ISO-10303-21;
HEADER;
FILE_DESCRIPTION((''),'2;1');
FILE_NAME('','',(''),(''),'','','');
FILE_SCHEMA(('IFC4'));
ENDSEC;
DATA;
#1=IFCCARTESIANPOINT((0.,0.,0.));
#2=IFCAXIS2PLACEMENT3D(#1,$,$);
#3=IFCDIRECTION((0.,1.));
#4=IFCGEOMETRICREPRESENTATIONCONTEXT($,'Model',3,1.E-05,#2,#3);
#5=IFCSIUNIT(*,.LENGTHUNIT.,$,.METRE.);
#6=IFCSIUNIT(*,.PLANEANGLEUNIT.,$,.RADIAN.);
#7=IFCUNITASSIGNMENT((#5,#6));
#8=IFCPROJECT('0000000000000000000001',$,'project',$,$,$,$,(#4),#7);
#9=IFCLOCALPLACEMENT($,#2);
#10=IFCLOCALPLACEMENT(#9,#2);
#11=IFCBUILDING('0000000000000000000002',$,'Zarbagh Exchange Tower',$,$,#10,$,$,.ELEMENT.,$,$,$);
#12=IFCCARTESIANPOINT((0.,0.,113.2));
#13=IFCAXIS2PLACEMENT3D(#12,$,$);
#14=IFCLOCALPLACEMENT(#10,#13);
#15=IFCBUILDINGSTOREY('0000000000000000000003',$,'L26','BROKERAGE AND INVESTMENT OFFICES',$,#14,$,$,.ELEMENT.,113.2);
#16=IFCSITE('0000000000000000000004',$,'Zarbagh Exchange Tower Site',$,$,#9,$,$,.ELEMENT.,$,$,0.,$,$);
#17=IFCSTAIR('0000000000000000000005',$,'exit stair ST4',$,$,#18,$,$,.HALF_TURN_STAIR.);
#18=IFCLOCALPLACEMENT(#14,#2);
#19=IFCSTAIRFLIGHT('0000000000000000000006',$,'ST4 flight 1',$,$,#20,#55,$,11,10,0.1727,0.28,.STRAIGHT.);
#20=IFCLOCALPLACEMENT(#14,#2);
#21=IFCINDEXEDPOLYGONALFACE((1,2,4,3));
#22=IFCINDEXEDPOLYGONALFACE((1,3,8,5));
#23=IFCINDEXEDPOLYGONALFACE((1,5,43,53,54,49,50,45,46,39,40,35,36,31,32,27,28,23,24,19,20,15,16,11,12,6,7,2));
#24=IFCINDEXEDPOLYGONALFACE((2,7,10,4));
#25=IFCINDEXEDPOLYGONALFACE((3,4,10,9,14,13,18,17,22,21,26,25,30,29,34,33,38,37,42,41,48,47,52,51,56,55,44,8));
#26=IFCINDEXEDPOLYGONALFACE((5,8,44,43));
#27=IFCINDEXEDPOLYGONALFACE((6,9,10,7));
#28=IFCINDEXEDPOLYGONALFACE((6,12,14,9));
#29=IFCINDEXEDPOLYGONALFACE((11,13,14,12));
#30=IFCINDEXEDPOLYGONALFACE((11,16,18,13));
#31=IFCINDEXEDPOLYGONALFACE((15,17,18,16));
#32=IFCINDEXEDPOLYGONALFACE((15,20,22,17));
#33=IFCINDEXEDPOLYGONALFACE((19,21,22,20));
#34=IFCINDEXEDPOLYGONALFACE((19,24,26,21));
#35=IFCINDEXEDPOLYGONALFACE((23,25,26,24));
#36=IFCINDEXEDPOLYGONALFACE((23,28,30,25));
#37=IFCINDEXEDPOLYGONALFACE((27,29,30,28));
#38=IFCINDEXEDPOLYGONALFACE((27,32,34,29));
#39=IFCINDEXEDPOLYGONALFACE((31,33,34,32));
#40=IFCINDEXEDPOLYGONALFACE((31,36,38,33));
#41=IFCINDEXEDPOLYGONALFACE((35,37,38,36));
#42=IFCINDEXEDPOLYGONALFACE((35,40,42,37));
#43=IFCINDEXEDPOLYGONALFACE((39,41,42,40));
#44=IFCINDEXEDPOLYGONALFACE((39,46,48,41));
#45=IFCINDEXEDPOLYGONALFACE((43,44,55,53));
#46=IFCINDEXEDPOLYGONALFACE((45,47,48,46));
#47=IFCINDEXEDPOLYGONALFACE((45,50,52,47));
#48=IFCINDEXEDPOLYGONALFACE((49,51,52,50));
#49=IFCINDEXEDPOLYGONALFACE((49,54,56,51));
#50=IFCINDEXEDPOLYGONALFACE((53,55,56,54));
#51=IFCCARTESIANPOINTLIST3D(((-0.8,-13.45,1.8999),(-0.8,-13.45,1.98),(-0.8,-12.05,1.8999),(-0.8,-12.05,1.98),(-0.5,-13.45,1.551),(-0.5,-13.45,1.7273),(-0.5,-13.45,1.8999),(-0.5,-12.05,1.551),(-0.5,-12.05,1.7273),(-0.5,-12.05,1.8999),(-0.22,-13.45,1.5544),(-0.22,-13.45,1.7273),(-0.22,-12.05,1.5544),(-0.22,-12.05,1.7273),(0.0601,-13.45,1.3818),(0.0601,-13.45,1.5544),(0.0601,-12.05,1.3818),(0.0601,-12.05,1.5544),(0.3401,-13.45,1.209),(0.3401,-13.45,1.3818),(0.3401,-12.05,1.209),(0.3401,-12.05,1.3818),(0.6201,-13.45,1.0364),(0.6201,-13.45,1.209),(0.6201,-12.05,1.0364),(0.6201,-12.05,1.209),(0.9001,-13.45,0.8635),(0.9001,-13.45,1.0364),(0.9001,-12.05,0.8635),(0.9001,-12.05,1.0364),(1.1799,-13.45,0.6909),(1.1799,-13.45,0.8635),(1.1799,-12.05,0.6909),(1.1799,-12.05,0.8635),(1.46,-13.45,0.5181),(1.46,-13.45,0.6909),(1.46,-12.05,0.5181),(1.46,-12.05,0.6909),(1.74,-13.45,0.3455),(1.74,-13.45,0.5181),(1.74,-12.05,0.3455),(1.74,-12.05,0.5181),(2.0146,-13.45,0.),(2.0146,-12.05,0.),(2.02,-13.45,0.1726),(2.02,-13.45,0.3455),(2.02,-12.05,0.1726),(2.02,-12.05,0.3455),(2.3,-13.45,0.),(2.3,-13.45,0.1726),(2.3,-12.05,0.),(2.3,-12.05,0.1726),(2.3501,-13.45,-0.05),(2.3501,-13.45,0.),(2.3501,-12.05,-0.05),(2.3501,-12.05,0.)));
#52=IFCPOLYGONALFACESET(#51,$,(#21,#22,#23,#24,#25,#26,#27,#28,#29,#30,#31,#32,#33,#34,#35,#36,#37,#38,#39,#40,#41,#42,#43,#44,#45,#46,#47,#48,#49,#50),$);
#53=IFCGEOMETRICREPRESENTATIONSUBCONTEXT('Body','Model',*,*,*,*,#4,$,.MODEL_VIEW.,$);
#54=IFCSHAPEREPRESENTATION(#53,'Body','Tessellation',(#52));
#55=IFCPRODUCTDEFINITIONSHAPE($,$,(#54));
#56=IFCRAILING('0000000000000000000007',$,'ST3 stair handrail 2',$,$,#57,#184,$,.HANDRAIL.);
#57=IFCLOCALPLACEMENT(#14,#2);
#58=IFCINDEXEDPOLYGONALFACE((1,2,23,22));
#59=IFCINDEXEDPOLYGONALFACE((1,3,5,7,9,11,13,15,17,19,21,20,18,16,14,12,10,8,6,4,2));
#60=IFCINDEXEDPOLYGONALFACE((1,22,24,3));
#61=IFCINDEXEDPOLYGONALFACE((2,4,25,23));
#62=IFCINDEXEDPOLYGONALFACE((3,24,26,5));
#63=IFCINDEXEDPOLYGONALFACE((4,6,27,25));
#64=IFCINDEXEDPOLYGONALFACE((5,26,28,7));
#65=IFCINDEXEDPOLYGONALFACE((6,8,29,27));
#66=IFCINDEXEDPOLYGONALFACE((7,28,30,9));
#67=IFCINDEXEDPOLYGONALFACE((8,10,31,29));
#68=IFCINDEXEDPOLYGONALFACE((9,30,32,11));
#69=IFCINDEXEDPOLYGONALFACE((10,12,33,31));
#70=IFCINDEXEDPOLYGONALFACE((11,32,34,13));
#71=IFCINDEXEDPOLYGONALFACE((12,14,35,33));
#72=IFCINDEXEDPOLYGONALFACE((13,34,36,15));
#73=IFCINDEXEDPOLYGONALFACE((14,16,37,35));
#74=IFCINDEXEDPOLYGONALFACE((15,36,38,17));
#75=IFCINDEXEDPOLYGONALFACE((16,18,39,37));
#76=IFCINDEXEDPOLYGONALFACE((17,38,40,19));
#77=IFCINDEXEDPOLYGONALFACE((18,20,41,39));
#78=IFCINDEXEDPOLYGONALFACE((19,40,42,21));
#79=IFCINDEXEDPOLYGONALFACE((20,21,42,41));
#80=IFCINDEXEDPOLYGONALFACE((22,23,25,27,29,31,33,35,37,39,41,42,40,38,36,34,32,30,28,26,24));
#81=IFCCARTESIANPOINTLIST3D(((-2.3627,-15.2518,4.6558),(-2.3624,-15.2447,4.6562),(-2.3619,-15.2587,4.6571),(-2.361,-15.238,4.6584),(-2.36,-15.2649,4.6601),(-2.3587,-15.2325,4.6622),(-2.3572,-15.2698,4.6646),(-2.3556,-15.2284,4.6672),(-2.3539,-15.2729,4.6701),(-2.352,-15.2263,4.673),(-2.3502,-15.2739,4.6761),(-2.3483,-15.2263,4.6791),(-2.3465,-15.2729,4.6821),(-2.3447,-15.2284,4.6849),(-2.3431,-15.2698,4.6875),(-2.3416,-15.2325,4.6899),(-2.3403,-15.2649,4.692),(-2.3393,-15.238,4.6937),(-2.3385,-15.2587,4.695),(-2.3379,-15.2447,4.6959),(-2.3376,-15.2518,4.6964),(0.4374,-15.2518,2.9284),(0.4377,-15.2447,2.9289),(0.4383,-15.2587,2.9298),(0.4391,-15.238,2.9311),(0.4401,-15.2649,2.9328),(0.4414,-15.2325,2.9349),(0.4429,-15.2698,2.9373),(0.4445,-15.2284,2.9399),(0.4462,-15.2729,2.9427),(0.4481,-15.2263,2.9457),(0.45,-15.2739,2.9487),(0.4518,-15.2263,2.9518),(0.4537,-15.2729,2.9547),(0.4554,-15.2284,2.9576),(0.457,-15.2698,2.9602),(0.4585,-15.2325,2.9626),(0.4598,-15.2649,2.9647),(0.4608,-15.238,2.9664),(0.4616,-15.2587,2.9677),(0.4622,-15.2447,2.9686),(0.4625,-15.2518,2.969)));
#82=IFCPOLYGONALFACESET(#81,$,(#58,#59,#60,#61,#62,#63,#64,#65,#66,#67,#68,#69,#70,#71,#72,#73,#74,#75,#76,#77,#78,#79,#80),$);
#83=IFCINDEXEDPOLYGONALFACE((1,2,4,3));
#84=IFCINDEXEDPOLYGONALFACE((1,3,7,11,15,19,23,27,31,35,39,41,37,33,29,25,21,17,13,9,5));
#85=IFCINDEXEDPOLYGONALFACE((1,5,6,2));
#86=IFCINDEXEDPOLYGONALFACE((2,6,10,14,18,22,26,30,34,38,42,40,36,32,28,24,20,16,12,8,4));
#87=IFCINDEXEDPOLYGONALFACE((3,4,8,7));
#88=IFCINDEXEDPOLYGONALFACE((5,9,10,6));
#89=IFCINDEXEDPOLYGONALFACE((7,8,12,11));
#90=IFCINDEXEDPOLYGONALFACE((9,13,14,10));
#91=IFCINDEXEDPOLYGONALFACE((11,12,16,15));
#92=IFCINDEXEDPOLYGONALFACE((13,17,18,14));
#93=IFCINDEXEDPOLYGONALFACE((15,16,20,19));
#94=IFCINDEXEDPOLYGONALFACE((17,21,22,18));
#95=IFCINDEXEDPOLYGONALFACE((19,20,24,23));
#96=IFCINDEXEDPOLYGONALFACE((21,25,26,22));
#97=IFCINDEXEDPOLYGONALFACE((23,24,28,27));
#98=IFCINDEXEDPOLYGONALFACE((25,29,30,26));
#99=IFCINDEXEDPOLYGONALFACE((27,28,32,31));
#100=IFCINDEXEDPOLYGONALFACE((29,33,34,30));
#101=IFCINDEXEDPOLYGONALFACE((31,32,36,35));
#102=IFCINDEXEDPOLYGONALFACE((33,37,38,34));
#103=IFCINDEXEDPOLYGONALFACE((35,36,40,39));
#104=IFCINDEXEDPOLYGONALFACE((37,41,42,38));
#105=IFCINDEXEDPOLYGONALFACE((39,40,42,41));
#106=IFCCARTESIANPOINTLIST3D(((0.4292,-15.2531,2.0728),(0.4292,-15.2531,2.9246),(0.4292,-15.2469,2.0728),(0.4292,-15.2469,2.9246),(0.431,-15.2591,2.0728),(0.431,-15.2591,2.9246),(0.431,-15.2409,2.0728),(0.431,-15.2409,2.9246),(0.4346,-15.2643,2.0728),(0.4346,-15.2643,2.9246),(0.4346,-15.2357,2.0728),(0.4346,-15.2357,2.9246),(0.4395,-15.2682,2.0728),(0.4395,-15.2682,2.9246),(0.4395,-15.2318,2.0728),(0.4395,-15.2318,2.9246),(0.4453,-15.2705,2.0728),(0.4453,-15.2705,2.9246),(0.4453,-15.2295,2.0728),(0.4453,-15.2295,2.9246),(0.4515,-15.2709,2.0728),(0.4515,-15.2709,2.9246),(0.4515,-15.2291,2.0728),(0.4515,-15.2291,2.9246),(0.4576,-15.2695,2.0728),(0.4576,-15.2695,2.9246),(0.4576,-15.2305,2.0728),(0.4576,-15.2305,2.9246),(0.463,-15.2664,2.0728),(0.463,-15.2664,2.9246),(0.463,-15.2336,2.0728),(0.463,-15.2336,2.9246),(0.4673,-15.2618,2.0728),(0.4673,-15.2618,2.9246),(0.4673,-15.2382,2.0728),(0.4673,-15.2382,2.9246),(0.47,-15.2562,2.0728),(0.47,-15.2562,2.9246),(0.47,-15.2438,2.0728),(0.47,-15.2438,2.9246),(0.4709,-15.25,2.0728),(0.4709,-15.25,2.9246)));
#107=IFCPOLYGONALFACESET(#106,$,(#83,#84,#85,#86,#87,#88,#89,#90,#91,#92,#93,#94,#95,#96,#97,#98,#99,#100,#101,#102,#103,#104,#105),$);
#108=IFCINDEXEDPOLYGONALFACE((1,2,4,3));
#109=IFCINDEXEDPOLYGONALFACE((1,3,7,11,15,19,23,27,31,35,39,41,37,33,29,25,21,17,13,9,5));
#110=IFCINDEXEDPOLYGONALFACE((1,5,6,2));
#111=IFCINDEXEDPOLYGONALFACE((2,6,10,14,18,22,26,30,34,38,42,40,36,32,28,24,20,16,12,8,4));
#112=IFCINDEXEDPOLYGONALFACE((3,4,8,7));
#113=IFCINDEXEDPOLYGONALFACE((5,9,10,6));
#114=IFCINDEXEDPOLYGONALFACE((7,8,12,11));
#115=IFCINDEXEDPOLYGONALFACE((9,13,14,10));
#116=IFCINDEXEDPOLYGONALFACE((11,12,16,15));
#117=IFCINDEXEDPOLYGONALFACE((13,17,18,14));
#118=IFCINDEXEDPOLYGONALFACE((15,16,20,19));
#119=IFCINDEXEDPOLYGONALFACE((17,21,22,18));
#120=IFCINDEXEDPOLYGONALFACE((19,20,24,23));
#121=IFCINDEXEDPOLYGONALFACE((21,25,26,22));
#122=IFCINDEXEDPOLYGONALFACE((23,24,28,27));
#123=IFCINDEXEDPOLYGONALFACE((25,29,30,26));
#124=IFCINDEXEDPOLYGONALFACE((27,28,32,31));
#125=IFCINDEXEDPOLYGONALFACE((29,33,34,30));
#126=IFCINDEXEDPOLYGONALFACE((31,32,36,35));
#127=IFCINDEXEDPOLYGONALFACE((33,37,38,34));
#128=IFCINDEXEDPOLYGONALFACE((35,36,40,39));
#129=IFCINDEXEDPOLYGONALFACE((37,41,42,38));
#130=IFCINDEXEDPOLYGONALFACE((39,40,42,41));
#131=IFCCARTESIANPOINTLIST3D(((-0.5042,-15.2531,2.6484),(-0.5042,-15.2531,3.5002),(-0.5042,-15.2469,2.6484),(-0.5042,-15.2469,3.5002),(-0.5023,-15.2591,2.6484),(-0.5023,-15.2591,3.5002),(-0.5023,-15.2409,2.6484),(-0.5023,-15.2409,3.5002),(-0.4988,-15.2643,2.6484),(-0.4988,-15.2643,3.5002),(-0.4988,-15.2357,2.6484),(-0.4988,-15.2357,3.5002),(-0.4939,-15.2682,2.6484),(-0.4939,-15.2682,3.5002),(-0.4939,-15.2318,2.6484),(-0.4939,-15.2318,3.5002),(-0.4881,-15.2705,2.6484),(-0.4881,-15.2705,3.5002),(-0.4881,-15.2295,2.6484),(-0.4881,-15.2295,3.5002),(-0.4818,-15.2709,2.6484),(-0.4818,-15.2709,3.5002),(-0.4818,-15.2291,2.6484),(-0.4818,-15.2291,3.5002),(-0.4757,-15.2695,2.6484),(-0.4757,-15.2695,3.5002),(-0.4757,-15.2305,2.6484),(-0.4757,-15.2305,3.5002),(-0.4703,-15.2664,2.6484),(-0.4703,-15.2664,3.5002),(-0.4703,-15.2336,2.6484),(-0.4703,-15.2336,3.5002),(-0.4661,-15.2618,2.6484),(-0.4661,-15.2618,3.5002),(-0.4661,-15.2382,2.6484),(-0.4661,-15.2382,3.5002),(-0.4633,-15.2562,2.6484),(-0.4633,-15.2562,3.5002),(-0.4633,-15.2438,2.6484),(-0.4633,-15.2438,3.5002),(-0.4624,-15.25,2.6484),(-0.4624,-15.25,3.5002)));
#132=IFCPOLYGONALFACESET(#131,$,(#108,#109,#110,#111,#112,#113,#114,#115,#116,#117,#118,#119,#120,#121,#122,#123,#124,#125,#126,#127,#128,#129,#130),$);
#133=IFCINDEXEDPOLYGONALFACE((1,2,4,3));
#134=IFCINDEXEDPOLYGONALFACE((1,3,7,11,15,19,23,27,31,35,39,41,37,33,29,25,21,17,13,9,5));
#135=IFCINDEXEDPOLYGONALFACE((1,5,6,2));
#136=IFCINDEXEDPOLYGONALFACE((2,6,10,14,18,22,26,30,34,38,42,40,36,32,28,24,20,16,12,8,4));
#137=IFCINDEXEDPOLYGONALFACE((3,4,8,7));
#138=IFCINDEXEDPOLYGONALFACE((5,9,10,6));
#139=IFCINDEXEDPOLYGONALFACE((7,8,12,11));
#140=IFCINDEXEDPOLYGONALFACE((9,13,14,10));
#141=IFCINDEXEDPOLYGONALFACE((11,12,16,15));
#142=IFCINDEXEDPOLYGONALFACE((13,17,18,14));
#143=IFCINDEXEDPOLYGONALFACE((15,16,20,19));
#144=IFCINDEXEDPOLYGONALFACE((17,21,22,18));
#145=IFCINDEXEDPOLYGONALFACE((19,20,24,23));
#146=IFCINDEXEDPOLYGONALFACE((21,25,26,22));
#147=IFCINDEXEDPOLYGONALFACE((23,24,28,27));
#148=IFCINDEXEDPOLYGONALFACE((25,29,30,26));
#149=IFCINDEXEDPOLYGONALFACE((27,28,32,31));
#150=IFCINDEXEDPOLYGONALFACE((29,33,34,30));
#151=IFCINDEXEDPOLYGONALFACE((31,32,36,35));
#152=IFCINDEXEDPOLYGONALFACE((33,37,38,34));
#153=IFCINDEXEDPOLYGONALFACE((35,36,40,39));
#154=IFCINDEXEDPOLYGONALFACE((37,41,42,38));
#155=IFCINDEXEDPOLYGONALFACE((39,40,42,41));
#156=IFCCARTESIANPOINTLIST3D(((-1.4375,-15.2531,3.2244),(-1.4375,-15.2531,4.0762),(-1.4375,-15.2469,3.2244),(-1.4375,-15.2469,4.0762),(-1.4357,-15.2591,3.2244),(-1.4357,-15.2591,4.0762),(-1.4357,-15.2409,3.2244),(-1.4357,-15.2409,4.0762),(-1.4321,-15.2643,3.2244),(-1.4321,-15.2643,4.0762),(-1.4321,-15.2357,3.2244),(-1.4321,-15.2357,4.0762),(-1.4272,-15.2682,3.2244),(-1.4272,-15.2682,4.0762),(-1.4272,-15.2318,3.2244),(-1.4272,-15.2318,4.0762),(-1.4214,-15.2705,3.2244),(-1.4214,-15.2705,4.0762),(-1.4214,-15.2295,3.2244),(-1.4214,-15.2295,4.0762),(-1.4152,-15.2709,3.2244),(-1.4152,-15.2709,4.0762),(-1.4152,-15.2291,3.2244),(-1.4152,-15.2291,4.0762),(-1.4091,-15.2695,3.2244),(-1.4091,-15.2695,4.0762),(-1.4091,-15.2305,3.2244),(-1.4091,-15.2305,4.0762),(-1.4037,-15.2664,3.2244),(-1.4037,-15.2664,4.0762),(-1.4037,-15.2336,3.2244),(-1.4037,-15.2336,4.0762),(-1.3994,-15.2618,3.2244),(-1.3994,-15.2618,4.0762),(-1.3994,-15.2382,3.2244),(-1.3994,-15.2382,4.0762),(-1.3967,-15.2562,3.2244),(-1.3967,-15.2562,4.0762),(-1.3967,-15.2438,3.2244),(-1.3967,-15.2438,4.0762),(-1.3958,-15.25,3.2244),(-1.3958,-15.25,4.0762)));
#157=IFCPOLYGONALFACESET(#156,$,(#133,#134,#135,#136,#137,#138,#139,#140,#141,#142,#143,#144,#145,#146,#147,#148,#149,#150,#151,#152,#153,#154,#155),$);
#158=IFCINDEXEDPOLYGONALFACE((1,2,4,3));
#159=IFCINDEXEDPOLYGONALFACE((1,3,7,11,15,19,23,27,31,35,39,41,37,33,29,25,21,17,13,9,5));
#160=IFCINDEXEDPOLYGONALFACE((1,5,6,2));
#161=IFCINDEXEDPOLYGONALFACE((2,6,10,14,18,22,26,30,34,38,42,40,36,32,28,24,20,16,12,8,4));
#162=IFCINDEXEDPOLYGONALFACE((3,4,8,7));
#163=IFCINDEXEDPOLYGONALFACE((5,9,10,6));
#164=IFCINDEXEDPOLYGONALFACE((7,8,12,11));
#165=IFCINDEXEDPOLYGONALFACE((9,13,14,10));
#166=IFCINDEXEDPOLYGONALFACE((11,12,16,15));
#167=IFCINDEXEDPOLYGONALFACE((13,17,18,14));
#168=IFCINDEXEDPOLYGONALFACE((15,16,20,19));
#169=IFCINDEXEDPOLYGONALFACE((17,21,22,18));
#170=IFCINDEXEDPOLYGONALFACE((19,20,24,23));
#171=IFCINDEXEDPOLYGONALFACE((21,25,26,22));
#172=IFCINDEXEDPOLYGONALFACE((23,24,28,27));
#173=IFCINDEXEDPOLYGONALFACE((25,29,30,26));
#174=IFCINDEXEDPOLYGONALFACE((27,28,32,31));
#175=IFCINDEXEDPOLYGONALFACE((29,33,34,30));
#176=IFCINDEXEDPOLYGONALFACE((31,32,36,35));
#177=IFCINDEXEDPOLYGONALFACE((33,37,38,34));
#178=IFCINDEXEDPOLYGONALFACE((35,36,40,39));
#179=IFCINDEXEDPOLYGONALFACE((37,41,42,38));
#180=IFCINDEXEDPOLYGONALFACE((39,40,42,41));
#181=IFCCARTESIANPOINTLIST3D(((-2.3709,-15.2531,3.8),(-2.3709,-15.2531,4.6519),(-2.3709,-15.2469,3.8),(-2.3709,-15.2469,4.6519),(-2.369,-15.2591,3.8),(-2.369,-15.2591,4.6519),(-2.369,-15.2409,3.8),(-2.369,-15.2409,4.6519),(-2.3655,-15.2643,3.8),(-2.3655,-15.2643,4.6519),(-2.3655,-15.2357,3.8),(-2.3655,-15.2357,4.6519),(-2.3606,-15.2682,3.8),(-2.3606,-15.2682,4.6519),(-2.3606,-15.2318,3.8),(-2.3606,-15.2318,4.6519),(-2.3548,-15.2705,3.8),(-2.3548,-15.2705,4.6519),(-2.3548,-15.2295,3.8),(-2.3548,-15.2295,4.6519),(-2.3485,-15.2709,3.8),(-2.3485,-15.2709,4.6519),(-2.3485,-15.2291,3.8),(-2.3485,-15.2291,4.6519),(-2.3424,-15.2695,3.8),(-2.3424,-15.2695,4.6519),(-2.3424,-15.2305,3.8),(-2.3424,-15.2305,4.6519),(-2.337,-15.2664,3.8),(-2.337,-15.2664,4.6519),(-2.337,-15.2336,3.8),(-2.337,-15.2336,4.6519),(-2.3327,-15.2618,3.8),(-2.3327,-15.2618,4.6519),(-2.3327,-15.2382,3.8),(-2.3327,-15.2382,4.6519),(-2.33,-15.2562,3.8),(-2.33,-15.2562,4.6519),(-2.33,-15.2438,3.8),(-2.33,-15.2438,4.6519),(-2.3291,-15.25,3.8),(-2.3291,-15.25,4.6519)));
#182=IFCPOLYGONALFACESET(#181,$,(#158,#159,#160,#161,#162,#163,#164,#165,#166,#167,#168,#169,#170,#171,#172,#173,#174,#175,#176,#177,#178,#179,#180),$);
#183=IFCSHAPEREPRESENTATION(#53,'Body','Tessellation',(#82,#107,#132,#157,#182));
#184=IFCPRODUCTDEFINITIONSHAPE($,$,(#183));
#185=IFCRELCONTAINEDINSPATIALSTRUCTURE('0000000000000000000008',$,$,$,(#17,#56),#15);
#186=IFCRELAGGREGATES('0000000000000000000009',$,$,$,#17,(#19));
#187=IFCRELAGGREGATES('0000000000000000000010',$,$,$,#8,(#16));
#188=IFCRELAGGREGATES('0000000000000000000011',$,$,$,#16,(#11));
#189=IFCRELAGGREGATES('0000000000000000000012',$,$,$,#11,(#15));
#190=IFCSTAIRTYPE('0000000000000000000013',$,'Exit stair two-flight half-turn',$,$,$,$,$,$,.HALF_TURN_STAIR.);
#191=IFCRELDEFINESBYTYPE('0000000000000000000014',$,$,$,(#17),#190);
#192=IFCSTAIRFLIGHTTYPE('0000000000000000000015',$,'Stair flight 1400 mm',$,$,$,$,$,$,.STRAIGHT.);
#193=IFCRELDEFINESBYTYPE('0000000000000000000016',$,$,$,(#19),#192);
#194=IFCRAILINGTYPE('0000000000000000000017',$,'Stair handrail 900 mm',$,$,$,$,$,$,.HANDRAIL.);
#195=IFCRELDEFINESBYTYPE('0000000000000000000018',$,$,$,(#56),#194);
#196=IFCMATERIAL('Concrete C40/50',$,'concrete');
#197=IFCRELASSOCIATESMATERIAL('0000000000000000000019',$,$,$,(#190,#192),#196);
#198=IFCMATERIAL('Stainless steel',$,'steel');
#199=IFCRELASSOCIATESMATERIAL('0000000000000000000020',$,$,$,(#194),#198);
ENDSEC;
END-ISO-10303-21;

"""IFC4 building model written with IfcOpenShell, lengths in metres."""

from ifc_helpers import new_model, si_unit, direction, frame, origin, origin_2d, place, context, subcontext, project, spatial, polyline, circle, outline, extrude, material, type_object, element, aggregate, save


model = new_model("IFC4")

# Units and contexts
model_context = context("Model", 3, precision=1e-05, world=origin(), true_north=direction((0.0, 1.0)))
body_context = subcontext(model_context, "Body", "Model", "MODEL_VIEW")
ifc_project = project(units=[si_unit("LENGTHUNIT", "METRE"), si_unit("PLANEANGLEUNIT", "RADIAN")], contexts=[model_context])

# Site, building, storey
site_placement = place(None, origin())
site = spatial("IfcSite", under=ifc_project, at=site_placement, Name="Zarbagh Exchange Tower Site", CompositionType="ELEMENT", RefElevation=0.0)
building_placement = place(site_placement, origin())
building = spatial("IfcBuilding", under=site, at=building_placement, Name="Zarbagh Exchange Tower", CompositionType="ELEMENT")
storey_placement = place(building_placement, frame((0.0, 0.0, 113.2)))
storey = spatial("IfcBuildingStorey", under=building, at=storey_placement, Name="L26", Description="BROKERAGE AND INVESTMENT OFFICES", CompositionType="ELEMENT", Elevation=113.2)

# Shared definitions
ifc_material_1 = material(Name="Concrete C40/50", Category="concrete")

# Stair, stair flight
stair_type = type_object("IfcStairType", Name="Exit stair two-flight half-turn", PredefinedType="HALF_TURN_STAIR", material=ifc_material_1)
stair_1_placement = place(storey_placement, origin())
stair_1 = element("IfcStair", 1, at=stair_1_placement, inside=storey, type_object=stair_type, Name="exit stair ST4", PredefinedType="HALF_TURN_STAIR")
stair_flight_type_1 = type_object("IfcStairFlightType", Name="Stair flight 1400 mm", PredefinedType="STRAIGHT", material=ifc_material_1)
stair_flight_1_placement = place(storey_placement, frame((2.3, -12.75, 0.0), z_axis=(0.0, 0.0, 1.0), x_axis=(-1.0, 0.0, 0.0)))
stair_flight_1 = element("IfcStairFlight", 2, at=stair_flight_1_placement, type_object=stair_flight_type_1, Name="ST4 flight 1", NumberOfRisers=11, NumberOfTreads=10, PredefinedType="STRAIGHT", RiserHeight=0.1727, TreadLength=0.28, context=body_context, shape_type="SweptSolid", body=[
    extrude(outline(polyline([(-0.05, -0.05), (-0.05, 0.0), (0.0, 0.0), (0.0, 0.1726), (0.28, 0.1726), (0.28, 0.3455), (0.5601, 0.3455), (0.5601, 0.5181), (0.8401, 0.5181), (0.8401, 0.6909), (1.1201, 0.6909), (1.1201, 0.8635), (1.3999, 0.8635), (1.3999, 1.0364), (1.6799, 1.0364), (1.6799, 1.209), (1.96, 1.209), (1.96, 1.3818), (2.24, 1.3818), (2.24, 1.5544), (2.52, 1.5544), (2.52, 1.7273), (2.8, 1.7273), (2.8, 1.8999), (3.1001, 1.98), (3.1001, 1.8999), (2.8, 1.551), (0.2854, 0.0), (-0.05, -0.05)])), frame((0.0, 0.7, 0.0), z_axis=(0.0, -1.0, 0.0), x_axis=(1.0, 0.0, 0.0)), (0.0, 0.0, 1.0), 1.3999),
])
aggregate(stair_1, [stair_flight_1])

# Railing
ifc_material_2 = material(Name="Stainless steel", Category="steel")
railing_type_1 = type_object("IfcRailingType", Name="Stair handrail 900 mm", PredefinedType="HANDRAIL", material=ifc_material_2)
for number, where, name in (
    (3, (0.45, -15.25, 2.0728), "ST3 stair handrail 2"),
):
    element("IfcRailing", number, at=place(storey_placement, frame(where)), inside=storey, type_object=railing_type_1, Name=name, PredefinedType="HANDRAIL", context=body_context, shape_type="SweptSolid", body=[
        extrude(circle(Radius=0.0239, at=origin_2d()), frame((0.0, 0.0, 0.876), z_axis=(-0.85109, 0.0, 0.52502), x_axis=(0.0, -1.0, 0.0)), (0.0, 0.0, 1.0), 3.29),
        extrude(circle(Radius=0.021, at=origin_2d()), origin(), (0.0, 0.0, 1.0), 0.8518),
        extrude(circle(Radius=0.021, at=origin_2d()), frame((-0.9333, 0.0, 0.5757)), (0.0, 0.0, 1.0), 0.8518),
        extrude(circle(Radius=0.021, at=origin_2d()), frame((-1.8667, 0.0, 1.1516)), (0.0, 0.0, 1.0), 0.8518),
        extrude(circle(Radius=0.021, at=origin_2d()), frame((-2.8, 0.0, 1.7273)), (0.0, 0.0, 1.0), 0.8518),
    ])

save(model, "model.ifc")
